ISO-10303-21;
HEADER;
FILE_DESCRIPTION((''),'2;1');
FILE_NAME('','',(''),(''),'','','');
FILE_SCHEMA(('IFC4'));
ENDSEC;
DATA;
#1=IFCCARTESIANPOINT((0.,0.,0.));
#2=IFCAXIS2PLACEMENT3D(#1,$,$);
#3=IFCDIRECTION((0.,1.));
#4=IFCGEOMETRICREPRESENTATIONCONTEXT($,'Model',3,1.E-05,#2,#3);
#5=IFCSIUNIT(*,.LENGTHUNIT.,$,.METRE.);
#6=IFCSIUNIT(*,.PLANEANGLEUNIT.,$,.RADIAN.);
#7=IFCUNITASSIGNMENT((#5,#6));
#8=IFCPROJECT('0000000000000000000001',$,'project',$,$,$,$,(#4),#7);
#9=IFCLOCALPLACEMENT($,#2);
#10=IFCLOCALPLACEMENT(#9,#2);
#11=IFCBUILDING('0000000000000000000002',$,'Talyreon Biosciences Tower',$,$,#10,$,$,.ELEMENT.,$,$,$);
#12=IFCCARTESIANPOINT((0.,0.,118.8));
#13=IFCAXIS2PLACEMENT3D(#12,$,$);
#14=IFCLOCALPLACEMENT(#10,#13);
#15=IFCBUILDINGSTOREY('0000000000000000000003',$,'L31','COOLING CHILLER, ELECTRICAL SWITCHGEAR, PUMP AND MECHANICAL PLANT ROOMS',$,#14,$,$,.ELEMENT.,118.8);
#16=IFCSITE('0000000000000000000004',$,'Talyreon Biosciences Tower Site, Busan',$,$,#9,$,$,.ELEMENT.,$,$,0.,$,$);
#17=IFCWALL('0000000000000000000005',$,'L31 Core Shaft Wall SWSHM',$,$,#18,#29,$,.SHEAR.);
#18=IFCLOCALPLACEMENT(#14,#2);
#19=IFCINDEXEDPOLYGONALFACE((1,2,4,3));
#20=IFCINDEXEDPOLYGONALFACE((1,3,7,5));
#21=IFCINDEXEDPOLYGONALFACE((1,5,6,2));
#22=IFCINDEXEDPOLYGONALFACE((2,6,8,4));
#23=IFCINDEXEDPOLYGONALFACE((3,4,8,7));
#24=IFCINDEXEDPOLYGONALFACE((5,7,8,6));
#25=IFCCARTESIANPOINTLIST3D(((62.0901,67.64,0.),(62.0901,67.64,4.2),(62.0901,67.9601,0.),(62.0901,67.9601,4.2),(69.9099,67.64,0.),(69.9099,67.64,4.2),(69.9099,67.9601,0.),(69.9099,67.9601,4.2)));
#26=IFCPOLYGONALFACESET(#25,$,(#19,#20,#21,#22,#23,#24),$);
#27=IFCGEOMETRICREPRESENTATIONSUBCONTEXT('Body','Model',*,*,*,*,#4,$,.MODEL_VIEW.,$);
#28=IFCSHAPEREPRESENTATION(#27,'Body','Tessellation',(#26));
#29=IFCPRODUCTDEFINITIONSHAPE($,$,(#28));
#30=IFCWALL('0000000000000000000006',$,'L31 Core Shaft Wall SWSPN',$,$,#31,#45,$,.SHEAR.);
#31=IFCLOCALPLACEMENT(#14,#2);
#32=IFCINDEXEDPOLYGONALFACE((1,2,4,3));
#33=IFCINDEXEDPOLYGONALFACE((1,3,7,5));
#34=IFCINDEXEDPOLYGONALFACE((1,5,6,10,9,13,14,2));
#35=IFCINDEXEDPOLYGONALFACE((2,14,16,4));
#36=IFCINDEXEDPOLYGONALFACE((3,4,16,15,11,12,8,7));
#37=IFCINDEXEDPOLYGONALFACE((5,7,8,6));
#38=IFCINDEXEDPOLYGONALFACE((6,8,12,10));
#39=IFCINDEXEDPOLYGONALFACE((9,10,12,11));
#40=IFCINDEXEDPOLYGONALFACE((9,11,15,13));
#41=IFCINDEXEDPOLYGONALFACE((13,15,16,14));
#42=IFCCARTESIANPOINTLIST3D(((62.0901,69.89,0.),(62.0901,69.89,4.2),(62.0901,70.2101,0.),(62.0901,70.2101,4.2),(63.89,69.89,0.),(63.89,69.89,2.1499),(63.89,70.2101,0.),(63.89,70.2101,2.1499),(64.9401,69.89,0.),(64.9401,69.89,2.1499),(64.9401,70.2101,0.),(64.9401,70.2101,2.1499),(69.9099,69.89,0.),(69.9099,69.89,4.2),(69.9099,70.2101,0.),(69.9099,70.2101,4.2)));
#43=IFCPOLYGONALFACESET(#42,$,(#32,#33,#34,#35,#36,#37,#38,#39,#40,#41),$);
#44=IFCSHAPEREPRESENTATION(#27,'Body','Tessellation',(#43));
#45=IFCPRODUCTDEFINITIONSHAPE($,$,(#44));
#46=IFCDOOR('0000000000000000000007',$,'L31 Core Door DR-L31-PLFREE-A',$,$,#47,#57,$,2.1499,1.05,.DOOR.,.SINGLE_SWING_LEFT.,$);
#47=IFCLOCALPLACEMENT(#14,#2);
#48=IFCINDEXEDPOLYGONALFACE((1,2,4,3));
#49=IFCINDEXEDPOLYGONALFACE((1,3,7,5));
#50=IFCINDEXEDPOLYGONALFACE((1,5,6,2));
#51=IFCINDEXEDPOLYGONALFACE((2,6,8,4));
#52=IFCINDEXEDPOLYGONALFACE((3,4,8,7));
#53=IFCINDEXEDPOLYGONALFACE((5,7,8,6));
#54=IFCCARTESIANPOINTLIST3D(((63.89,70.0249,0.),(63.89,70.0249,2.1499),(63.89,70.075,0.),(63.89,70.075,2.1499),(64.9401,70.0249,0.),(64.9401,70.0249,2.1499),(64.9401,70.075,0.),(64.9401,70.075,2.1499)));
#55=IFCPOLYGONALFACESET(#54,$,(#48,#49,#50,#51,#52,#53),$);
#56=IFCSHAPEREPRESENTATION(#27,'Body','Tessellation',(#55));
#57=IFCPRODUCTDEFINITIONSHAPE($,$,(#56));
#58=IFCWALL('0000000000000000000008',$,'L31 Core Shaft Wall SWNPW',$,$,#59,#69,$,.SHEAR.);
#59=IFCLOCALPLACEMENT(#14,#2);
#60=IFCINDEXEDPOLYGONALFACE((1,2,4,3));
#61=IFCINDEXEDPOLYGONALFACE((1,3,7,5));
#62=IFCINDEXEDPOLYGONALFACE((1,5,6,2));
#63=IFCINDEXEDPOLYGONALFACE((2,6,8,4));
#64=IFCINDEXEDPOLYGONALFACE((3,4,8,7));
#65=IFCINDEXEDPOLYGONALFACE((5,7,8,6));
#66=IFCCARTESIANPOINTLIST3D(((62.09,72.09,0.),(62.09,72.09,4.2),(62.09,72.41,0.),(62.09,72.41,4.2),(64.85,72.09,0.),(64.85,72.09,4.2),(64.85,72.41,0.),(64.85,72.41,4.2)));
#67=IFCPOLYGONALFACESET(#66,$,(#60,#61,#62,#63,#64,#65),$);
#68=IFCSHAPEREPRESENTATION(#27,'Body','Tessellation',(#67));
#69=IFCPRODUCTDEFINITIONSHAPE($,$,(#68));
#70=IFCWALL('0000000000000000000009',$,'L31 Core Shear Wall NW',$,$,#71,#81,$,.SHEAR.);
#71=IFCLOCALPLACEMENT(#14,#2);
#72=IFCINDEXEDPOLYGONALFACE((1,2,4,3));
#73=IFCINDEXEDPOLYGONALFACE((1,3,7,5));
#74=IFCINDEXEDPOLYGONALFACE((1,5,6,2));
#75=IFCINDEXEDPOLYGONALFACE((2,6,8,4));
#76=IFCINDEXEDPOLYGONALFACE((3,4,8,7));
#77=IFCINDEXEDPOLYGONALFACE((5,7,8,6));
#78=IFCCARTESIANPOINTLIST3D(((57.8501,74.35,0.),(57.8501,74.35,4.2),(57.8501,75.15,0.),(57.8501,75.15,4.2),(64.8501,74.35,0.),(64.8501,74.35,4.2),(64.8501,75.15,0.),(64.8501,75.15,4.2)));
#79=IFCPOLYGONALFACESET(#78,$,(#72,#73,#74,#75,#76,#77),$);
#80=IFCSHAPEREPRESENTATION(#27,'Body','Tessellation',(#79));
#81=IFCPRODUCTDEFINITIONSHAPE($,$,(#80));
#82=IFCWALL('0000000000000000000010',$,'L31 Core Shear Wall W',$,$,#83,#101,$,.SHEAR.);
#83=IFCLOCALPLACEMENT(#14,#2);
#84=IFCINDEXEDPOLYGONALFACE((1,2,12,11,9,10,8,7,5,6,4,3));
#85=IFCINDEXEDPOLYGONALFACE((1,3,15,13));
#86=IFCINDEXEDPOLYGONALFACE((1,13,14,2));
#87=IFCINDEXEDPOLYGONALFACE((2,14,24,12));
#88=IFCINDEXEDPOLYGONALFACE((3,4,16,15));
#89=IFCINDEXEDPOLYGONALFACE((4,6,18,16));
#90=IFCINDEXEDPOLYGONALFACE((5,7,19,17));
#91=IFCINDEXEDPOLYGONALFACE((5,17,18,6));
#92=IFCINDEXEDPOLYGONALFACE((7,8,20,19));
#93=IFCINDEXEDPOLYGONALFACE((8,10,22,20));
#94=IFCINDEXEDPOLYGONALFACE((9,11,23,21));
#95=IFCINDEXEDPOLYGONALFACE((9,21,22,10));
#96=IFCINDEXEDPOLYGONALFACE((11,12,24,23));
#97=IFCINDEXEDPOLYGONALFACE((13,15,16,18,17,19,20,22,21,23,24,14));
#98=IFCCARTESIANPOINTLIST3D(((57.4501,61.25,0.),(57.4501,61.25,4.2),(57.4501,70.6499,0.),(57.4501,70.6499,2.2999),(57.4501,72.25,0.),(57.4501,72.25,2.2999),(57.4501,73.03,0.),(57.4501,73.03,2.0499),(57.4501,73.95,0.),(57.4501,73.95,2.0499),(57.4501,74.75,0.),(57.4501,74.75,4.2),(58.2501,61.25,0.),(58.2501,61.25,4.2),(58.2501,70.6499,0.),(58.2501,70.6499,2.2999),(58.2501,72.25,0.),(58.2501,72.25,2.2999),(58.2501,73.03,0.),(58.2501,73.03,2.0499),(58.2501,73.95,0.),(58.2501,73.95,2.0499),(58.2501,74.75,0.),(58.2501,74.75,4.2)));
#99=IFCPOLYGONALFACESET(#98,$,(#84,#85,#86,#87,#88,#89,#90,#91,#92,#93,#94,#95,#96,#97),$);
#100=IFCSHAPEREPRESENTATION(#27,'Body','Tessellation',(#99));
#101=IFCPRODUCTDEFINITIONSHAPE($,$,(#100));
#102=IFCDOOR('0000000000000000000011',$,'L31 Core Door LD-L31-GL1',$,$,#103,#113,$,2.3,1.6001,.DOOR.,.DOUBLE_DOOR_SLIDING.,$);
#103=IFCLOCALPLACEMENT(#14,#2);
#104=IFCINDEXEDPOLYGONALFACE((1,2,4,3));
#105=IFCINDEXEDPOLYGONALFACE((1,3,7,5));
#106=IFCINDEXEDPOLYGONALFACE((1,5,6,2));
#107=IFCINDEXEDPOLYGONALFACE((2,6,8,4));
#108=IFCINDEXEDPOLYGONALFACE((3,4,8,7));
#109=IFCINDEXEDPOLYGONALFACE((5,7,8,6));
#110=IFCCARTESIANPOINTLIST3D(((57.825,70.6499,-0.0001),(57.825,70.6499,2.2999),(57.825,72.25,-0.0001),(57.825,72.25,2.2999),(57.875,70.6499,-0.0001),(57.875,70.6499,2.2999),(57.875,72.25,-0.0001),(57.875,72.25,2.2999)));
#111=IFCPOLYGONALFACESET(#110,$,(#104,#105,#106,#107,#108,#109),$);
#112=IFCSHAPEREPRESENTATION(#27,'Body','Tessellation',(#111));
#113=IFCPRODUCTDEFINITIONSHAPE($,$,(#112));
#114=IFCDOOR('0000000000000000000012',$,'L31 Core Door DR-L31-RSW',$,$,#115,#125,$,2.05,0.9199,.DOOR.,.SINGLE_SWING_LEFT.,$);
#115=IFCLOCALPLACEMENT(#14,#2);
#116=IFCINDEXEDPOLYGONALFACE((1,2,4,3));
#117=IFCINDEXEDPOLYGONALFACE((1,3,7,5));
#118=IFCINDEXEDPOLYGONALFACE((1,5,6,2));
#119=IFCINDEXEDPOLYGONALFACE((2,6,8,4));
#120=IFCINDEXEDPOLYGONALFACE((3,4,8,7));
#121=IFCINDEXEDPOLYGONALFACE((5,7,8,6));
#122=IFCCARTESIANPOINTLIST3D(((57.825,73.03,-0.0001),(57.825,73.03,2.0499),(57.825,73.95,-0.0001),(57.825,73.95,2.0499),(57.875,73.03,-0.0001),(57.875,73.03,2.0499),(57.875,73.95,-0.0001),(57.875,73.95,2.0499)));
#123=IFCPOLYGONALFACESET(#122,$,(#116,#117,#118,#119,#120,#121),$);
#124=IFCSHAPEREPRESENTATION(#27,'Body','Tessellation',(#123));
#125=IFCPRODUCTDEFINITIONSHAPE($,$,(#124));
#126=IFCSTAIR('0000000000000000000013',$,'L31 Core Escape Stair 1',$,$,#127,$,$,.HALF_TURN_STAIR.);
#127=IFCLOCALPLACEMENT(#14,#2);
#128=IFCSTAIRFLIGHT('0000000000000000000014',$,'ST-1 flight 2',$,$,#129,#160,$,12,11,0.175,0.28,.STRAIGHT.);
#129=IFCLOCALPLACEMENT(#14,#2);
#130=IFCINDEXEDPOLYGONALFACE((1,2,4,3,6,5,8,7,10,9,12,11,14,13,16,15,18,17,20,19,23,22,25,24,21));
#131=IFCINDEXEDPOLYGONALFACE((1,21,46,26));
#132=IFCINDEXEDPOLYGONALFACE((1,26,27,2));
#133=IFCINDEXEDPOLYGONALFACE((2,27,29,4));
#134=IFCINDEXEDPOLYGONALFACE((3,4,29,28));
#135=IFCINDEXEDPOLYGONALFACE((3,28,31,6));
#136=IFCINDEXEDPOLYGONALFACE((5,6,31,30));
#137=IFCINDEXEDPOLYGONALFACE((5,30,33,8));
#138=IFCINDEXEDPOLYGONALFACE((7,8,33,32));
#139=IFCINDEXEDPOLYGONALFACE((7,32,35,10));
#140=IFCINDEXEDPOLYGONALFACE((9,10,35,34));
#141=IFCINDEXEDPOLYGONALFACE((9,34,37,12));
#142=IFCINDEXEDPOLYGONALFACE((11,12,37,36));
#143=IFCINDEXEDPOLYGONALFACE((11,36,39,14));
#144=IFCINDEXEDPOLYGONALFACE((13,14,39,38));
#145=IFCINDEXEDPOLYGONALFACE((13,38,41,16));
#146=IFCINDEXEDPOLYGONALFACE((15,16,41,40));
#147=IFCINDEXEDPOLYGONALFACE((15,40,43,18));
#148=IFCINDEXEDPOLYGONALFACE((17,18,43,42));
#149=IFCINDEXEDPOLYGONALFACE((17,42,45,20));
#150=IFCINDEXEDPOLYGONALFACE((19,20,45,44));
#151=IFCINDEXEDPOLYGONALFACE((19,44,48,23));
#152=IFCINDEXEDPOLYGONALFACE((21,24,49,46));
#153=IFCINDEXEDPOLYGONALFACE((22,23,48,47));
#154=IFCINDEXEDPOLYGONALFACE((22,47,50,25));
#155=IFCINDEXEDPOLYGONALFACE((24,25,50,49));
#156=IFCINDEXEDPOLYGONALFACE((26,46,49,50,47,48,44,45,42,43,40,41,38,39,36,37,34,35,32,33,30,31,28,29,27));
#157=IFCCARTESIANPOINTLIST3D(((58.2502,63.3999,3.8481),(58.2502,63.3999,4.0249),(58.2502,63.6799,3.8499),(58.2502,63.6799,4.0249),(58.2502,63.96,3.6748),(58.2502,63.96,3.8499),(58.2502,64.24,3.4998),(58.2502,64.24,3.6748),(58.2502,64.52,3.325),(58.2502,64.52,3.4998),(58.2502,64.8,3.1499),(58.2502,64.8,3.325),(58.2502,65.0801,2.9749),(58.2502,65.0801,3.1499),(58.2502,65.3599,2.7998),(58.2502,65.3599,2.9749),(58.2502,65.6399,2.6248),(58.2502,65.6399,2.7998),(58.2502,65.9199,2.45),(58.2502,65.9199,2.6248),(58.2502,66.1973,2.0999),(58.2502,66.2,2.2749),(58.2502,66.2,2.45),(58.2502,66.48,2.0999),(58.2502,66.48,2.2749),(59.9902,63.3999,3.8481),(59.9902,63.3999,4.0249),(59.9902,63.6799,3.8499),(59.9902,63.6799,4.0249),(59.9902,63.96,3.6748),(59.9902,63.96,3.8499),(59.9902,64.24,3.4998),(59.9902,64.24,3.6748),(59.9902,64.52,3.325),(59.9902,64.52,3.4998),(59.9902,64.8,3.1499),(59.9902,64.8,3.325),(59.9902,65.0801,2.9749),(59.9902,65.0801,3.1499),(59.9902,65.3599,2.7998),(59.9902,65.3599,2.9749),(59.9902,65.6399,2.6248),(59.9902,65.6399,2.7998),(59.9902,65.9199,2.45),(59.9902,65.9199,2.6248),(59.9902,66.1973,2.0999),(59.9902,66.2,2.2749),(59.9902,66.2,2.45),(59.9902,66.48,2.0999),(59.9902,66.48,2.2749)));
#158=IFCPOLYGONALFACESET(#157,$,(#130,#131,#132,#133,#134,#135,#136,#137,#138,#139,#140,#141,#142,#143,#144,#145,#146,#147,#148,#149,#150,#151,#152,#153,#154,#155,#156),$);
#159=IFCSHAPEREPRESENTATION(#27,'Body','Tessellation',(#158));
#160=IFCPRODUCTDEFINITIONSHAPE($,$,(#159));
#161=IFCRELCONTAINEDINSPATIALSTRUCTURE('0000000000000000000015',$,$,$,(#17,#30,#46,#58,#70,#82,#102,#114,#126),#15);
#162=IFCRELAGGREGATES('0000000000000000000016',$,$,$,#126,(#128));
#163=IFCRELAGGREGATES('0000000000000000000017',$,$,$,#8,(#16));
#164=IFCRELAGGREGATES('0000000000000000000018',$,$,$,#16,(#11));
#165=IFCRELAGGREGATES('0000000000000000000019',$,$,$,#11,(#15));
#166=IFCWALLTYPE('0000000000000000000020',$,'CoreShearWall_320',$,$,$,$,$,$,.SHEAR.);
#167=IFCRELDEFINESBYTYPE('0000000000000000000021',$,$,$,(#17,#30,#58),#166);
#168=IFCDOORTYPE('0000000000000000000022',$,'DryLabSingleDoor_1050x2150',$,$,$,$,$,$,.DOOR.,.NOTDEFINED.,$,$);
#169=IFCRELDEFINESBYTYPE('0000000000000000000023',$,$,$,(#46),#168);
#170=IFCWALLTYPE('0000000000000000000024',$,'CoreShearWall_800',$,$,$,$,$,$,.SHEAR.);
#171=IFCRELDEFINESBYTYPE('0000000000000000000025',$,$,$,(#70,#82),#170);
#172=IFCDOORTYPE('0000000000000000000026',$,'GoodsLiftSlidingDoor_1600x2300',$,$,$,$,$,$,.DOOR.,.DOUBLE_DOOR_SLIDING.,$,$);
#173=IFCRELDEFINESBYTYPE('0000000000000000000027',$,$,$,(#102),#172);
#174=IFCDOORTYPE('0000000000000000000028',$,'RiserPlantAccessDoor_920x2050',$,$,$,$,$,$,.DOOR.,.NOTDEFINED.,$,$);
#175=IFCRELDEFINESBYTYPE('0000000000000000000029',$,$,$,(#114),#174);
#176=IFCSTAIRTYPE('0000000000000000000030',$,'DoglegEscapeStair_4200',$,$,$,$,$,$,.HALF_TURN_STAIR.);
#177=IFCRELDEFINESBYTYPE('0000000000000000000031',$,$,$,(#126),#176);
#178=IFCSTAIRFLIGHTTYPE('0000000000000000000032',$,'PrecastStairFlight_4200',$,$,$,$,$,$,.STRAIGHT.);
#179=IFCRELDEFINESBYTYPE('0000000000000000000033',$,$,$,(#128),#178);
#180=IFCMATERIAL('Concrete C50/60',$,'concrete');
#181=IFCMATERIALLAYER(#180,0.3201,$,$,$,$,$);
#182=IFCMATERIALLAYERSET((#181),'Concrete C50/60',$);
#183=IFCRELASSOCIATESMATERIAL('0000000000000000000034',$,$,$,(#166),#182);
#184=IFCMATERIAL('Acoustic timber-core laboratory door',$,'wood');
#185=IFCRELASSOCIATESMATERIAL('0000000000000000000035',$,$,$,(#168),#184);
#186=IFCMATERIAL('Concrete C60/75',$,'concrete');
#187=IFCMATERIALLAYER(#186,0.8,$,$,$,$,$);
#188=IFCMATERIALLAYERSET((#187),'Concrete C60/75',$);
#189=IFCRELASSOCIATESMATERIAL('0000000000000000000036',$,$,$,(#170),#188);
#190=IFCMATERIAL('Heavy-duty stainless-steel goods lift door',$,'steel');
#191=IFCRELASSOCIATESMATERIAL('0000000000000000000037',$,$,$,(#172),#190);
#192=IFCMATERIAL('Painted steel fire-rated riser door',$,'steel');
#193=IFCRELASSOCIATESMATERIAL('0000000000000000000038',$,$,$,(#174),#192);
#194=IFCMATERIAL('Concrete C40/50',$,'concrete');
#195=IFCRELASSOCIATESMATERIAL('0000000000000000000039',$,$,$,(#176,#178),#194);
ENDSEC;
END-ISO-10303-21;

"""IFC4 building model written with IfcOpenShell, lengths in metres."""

from ifc_helpers import new_model, si_unit, direction, frame, frame_2d, origin, place, context, subcontext, project, spatial, polyline, rectangle, outline, extrude, material, layer, layer_set, type_object, element, fill, aggregate, save


model = new_model("IFC4")

# Units and contexts
model_context = context("Model", 3, precision=1e-05, world=origin(), true_north=direction((0.0, 1.0)))
body_context = subcontext(model_context, "Body", "Model", "MODEL_VIEW")
ifc_project = project(units=[si_unit("LENGTHUNIT", "METRE"), si_unit("PLANEANGLEUNIT", "RADIAN")], contexts=[model_context])

# Site, building, storey
site_placement = place(None, origin())
site = spatial("IfcSite", under=ifc_project, at=site_placement, Name="Talyreon Biosciences Tower Site, Busan", CompositionType="ELEMENT", RefElevation=0.0)
building_placement = place(site_placement, origin())
building = spatial("IfcBuilding", under=site, at=building_placement, Name="Talyreon Biosciences Tower", CompositionType="ELEMENT")
storey_placement = place(building_placement, frame((0.0, 0.0, 118.8)))
storey = spatial("IfcBuildingStorey", under=building, at=storey_placement, Name="L31", Description="COOLING CHILLER, ELECTRICAL SWITCHGEAR, PUMP AND MECHANICAL PLANT ROOMS", CompositionType="ELEMENT", Elevation=118.8)

# Shared definitions
ifc_material_1 = material(Name="Concrete C50/60", Category="concrete")

# Shared definitions
ifc_material_2 = material(Name="Concrete C60/75", Category="concrete")

# Wall
ifc_layer_1 = layer(ifc_material_1, 0.3201)
ifc_layer_set_1 = layer_set([ifc_layer_1], Name="Concrete C50/60")
wall_type_1 = type_object("IfcWallType", Name="CoreShearWall_320", PredefinedType="SHEAR", material=ifc_layer_set_1)
wall_1_placement = place(storey_placement, frame((62.0901, 67.8, 0.0), z_axis=(0.0, 0.0, 1.0), x_axis=(1.0, 0.0, 0.0)))
element("IfcWall", 1, at=wall_1_placement, inside=storey, type_object=wall_type_1, Name="L31 Core Shaft Wall SWSHM", PredefinedType="SHEAR", context=body_context, shape_type="SweptSolid", body=[
    extrude(rectangle(XDim=7.8198, YDim=0.3201, at=frame_2d((3.9099, 0.0))), origin(), (0.0, 0.0, 1.0), 4.2),
])

# Wall, opening, door
wall_2_placement = place(storey_placement, frame((62.0901, 70.05, 0.0), z_axis=(0.0, 0.0, 1.0), x_axis=(1.0, 0.0, 0.0)))
wall_2 = element("IfcWall", 2, at=wall_2_placement, inside=storey, type_object=wall_type_1, Name="L31 Core Shaft Wall SWSPN", PredefinedType="SHEAR", context=body_context, shape_type="SweptSolid", body=[
    extrude(rectangle(XDim=7.8198, YDim=0.3201, at=frame_2d((3.9099, 0.0))), origin(), (0.0, 0.0, 1.0), 4.2),
])
opening_1_placement = place(wall_2_placement, frame((1.8, 0.0, 0.0)))
opening_1 = element("IfcOpeningElement", 3, at=opening_1_placement, cuts=wall_2, PredefinedType="OPENING", context=body_context, shape_type="SweptSolid", body=[
    extrude(rectangle(XDim=1.05, YDim=2.1499, at=frame_2d((0.5249, 1.075))), frame((0.0, 0.1699, 0.0), z_axis=(0.0, -1.0, 0.0), x_axis=(1.0, 0.0, 0.0)), (0.0, 0.0, 1.0), 0.3401),
])
ifc_material_3 = material(Name="Acoustic timber-core laboratory door", Category="wood")
door_type_1 = type_object("IfcDoorType", Name="DryLabSingleDoor_1050x2150", OperationType="NOTDEFINED", PredefinedType="DOOR", material=ifc_material_3)
door_1_placement = place(opening_1_placement, origin())
door_1 = element("IfcDoor", 4, at=door_1_placement, inside=storey, type_object=door_type_1, Name="L31 Core Door DR-L31-PLFREE-A", OperationType="SINGLE_SWING_LEFT", OverallHeight=2.1499, OverallWidth=1.05, PredefinedType="DOOR", context=body_context, shape_type="SweptSolid", body=[
    extrude(rectangle(XDim=1.05, YDim=2.1499, at=frame_2d((0.5249, 1.075))), frame((0.0, 0.0249, 0.0), z_axis=(0.0, -1.0, 0.0), x_axis=(1.0, 0.0, 0.0)), (0.0, 0.0, 1.0), 0.05),
])
fill(opening_1, door_1)

# Walls
wall_3_placement = place(storey_placement, frame((62.0901, 72.25, 0.0), z_axis=(0.0, 0.0, 1.0), x_axis=(1.0, 0.0, 0.0)))
element("IfcWall", 5, at=wall_3_placement, inside=storey, type_object=wall_type_1, Name="L31 Core Shaft Wall SWNPW", PredefinedType="SHEAR", context=body_context, shape_type="SweptSolid", body=[
    extrude(rectangle(XDim=2.76, YDim=0.3201, at=frame_2d((1.3799, 0.0))), origin(), (0.0, 0.0, 1.0), 4.2),
])
ifc_layer_2 = layer(ifc_material_2, 0.8)
ifc_layer_set_2 = layer_set([ifc_layer_2], Name="Concrete C60/75")
wall_type_2 = type_object("IfcWallType", Name="CoreShearWall_800", PredefinedType="SHEAR", material=ifc_layer_set_2)
wall_4_placement = place(storey_placement, frame((64.8501, 74.75, 0.0), z_axis=(0.0, 0.0, 1.0), x_axis=(-1.0, 0.0, 0.0)))
element("IfcWall", 6, at=wall_4_placement, inside=storey, type_object=wall_type_2, Name="L31 Core Shear Wall NW", PredefinedType="SHEAR", context=body_context, shape_type="SweptSolid", body=[
    extrude(rectangle(XDim=7.0, YDim=0.8, at=frame_2d((3.5, 0.0))), origin(), (0.0, 0.0, 1.0), 4.2),
])

# Wall, openings, doors
wall_5_placement = place(storey_placement, frame((57.8501, 74.75, 0.0), z_axis=(0.0, 0.0, 1.0), x_axis=(0.0, -1.0, 0.0)))
wall_5 = element("IfcWall", 7, at=wall_5_placement, inside=storey, type_object=wall_type_2, Name="L31 Core Shear Wall W", PredefinedType="SHEAR", context=body_context, shape_type="SweptSolid", body=[
    extrude(rectangle(XDim=13.5, YDim=0.8, at=frame_2d((6.75, 0.0))), origin(), (0.0, 0.0, 1.0), 4.2),
])
opening_2_placement = place(wall_5_placement, frame((0.8, 0.0, 0.0)))
opening_2 = element("IfcOpeningElement", 8, at=opening_2_placement, cuts=wall_5, PredefinedType="OPENING", context=body_context, shape_type="SweptSolid", body=[
    extrude(rectangle(XDim=0.9199, YDim=2.05, at=frame_2d((0.46, 1.0249))), frame((0.0, 0.4099, 0.0), z_axis=(0.0, -1.0, 0.0), x_axis=(1.0, 0.0, 0.0)), (0.0, 0.0, 1.0), 0.8201),
])
opening_3_placement = place(wall_5_placement, frame((2.5, 0.0, 0.0)))
opening_3 = element("IfcOpeningElement", 9, at=opening_3_placement, cuts=wall_5, PredefinedType="OPENING", context=body_context, shape_type="SweptSolid", body=[
    extrude(rectangle(XDim=1.6001, YDim=2.3, at=frame_2d((0.8, 1.1499))), frame((0.0, 0.4099, 0.0), z_axis=(0.0, -1.0, 0.0), x_axis=(1.0, 0.0, 0.0)), (0.0, 0.0, 1.0), 0.8201),
])
ifc_material_4 = material(Name="Heavy-duty stainless-steel goods lift door", Category="steel")
door_type_2 = type_object("IfcDoorType", Name="GoodsLiftSlidingDoor_1600x2300", OperationType="DOUBLE_DOOR_SLIDING", PredefinedType="DOOR", material=ifc_material_4)
door_2_placement = place(opening_3_placement, origin())
door_2 = element("IfcDoor", 10, at=door_2_placement, inside=storey, type_object=door_type_2, Name="L31 Core Door LD-L31-GL1", OperationType="DOUBLE_DOOR_SLIDING", OverallHeight=2.3, OverallWidth=1.6001, PredefinedType="DOOR", context=body_context, shape_type="SweptSolid", body=[
    extrude(rectangle(XDim=1.6001, YDim=2.3, at=frame_2d((0.8, 1.1499))), frame((0.0, 0.0249, 0.0), z_axis=(0.0, -1.0, 0.0), x_axis=(1.0, 0.0, 0.0)), (0.0, 0.0, 1.0), 0.05),
])
fill(opening_3, door_2)
ifc_material_5 = material(Name="Painted steel fire-rated riser door", Category="steel")
door_type_3 = type_object("IfcDoorType", Name="RiserPlantAccessDoor_920x2050", OperationType="NOTDEFINED", PredefinedType="DOOR", material=ifc_material_5)
door_3_placement = place(opening_2_placement, origin())
door_3 = element("IfcDoor", 11, at=door_3_placement, inside=storey, type_object=door_type_3, Name="L31 Core Door DR-L31-RSW", OperationType="SINGLE_SWING_LEFT", OverallHeight=2.05, OverallWidth=0.9199, PredefinedType="DOOR", context=body_context, shape_type="SweptSolid", body=[
    extrude(rectangle(XDim=0.9199, YDim=2.05, at=frame_2d((0.46, 1.0249))), frame((0.0, 0.0249, 0.0), z_axis=(0.0, -1.0, 0.0), x_axis=(1.0, 0.0, 0.0)), (0.0, 0.0, 1.0), 0.05),
])
fill(opening_2, door_3)

# Stair, stair flight
ifc_material_6 = material(Name="Concrete C40/50", Category="concrete")
stair_type = type_object("IfcStairType", Name="DoglegEscapeStair_4200", PredefinedType="HALF_TURN_STAIR", material=ifc_material_6)
stair_placement = place(storey_placement, origin())
stair = element("IfcStair", 12, at=stair_placement, inside=storey, type_object=stair_type, Name="L31 Core Escape Stair 1", PredefinedType="HALF_TURN_STAIR")
stair_flight_type = type_object("IfcStairFlightType", Name="PrecastStairFlight_4200", PredefinedType="STRAIGHT", material=ifc_material_6)
stair_flight_placement = place(storey_placement, frame((59.1201, 66.48, 2.0999), z_axis=(0.0, 0.0, 1.0), x_axis=(0.0, -1.0, 0.0)))
stair_flight = element("IfcStairFlight", 13, at=stair_flight_placement, type_object=stair_flight_type, Name="ST-1 flight 2", NumberOfRisers=12, NumberOfTreads=11, PredefinedType="STRAIGHT", RiserHeight=0.175, TreadLength=0.28, context=body_context, shape_type="SweptSolid", body=[
    extrude(outline(polyline([(0.0, 0.0), (0.0, 0.175), (0.28, 0.175), (0.28, 0.3501), (0.5601, 0.3501), (0.5601, 0.5249), (0.8401, 0.5249), (0.8401, 0.7), (1.1201, 0.7), (1.1201, 0.875), (1.3999, 0.875), (1.3999, 1.05), (1.6799, 1.05), (1.6799, 1.2251), (1.96, 1.2251), (1.96, 1.3999), (2.24, 1.3999), (2.24, 1.575), (2.52, 1.575), (2.52, 1.75), (2.8, 1.75), (2.8, 1.925), (3.0801, 1.925), (3.0801, 2.1001), (3.0801, 1.7483), (0.2827, 0.0), (0.0, 0.0)])), frame((0.0, 0.8701, 0.0), z_axis=(0.0, -1.0, 0.0), x_axis=(1.0, 0.0, 0.0)), (0.0, 0.0, 1.0), 1.74),
])
aggregate(stair, [stair_flight])

save(model, "model.ifc")
